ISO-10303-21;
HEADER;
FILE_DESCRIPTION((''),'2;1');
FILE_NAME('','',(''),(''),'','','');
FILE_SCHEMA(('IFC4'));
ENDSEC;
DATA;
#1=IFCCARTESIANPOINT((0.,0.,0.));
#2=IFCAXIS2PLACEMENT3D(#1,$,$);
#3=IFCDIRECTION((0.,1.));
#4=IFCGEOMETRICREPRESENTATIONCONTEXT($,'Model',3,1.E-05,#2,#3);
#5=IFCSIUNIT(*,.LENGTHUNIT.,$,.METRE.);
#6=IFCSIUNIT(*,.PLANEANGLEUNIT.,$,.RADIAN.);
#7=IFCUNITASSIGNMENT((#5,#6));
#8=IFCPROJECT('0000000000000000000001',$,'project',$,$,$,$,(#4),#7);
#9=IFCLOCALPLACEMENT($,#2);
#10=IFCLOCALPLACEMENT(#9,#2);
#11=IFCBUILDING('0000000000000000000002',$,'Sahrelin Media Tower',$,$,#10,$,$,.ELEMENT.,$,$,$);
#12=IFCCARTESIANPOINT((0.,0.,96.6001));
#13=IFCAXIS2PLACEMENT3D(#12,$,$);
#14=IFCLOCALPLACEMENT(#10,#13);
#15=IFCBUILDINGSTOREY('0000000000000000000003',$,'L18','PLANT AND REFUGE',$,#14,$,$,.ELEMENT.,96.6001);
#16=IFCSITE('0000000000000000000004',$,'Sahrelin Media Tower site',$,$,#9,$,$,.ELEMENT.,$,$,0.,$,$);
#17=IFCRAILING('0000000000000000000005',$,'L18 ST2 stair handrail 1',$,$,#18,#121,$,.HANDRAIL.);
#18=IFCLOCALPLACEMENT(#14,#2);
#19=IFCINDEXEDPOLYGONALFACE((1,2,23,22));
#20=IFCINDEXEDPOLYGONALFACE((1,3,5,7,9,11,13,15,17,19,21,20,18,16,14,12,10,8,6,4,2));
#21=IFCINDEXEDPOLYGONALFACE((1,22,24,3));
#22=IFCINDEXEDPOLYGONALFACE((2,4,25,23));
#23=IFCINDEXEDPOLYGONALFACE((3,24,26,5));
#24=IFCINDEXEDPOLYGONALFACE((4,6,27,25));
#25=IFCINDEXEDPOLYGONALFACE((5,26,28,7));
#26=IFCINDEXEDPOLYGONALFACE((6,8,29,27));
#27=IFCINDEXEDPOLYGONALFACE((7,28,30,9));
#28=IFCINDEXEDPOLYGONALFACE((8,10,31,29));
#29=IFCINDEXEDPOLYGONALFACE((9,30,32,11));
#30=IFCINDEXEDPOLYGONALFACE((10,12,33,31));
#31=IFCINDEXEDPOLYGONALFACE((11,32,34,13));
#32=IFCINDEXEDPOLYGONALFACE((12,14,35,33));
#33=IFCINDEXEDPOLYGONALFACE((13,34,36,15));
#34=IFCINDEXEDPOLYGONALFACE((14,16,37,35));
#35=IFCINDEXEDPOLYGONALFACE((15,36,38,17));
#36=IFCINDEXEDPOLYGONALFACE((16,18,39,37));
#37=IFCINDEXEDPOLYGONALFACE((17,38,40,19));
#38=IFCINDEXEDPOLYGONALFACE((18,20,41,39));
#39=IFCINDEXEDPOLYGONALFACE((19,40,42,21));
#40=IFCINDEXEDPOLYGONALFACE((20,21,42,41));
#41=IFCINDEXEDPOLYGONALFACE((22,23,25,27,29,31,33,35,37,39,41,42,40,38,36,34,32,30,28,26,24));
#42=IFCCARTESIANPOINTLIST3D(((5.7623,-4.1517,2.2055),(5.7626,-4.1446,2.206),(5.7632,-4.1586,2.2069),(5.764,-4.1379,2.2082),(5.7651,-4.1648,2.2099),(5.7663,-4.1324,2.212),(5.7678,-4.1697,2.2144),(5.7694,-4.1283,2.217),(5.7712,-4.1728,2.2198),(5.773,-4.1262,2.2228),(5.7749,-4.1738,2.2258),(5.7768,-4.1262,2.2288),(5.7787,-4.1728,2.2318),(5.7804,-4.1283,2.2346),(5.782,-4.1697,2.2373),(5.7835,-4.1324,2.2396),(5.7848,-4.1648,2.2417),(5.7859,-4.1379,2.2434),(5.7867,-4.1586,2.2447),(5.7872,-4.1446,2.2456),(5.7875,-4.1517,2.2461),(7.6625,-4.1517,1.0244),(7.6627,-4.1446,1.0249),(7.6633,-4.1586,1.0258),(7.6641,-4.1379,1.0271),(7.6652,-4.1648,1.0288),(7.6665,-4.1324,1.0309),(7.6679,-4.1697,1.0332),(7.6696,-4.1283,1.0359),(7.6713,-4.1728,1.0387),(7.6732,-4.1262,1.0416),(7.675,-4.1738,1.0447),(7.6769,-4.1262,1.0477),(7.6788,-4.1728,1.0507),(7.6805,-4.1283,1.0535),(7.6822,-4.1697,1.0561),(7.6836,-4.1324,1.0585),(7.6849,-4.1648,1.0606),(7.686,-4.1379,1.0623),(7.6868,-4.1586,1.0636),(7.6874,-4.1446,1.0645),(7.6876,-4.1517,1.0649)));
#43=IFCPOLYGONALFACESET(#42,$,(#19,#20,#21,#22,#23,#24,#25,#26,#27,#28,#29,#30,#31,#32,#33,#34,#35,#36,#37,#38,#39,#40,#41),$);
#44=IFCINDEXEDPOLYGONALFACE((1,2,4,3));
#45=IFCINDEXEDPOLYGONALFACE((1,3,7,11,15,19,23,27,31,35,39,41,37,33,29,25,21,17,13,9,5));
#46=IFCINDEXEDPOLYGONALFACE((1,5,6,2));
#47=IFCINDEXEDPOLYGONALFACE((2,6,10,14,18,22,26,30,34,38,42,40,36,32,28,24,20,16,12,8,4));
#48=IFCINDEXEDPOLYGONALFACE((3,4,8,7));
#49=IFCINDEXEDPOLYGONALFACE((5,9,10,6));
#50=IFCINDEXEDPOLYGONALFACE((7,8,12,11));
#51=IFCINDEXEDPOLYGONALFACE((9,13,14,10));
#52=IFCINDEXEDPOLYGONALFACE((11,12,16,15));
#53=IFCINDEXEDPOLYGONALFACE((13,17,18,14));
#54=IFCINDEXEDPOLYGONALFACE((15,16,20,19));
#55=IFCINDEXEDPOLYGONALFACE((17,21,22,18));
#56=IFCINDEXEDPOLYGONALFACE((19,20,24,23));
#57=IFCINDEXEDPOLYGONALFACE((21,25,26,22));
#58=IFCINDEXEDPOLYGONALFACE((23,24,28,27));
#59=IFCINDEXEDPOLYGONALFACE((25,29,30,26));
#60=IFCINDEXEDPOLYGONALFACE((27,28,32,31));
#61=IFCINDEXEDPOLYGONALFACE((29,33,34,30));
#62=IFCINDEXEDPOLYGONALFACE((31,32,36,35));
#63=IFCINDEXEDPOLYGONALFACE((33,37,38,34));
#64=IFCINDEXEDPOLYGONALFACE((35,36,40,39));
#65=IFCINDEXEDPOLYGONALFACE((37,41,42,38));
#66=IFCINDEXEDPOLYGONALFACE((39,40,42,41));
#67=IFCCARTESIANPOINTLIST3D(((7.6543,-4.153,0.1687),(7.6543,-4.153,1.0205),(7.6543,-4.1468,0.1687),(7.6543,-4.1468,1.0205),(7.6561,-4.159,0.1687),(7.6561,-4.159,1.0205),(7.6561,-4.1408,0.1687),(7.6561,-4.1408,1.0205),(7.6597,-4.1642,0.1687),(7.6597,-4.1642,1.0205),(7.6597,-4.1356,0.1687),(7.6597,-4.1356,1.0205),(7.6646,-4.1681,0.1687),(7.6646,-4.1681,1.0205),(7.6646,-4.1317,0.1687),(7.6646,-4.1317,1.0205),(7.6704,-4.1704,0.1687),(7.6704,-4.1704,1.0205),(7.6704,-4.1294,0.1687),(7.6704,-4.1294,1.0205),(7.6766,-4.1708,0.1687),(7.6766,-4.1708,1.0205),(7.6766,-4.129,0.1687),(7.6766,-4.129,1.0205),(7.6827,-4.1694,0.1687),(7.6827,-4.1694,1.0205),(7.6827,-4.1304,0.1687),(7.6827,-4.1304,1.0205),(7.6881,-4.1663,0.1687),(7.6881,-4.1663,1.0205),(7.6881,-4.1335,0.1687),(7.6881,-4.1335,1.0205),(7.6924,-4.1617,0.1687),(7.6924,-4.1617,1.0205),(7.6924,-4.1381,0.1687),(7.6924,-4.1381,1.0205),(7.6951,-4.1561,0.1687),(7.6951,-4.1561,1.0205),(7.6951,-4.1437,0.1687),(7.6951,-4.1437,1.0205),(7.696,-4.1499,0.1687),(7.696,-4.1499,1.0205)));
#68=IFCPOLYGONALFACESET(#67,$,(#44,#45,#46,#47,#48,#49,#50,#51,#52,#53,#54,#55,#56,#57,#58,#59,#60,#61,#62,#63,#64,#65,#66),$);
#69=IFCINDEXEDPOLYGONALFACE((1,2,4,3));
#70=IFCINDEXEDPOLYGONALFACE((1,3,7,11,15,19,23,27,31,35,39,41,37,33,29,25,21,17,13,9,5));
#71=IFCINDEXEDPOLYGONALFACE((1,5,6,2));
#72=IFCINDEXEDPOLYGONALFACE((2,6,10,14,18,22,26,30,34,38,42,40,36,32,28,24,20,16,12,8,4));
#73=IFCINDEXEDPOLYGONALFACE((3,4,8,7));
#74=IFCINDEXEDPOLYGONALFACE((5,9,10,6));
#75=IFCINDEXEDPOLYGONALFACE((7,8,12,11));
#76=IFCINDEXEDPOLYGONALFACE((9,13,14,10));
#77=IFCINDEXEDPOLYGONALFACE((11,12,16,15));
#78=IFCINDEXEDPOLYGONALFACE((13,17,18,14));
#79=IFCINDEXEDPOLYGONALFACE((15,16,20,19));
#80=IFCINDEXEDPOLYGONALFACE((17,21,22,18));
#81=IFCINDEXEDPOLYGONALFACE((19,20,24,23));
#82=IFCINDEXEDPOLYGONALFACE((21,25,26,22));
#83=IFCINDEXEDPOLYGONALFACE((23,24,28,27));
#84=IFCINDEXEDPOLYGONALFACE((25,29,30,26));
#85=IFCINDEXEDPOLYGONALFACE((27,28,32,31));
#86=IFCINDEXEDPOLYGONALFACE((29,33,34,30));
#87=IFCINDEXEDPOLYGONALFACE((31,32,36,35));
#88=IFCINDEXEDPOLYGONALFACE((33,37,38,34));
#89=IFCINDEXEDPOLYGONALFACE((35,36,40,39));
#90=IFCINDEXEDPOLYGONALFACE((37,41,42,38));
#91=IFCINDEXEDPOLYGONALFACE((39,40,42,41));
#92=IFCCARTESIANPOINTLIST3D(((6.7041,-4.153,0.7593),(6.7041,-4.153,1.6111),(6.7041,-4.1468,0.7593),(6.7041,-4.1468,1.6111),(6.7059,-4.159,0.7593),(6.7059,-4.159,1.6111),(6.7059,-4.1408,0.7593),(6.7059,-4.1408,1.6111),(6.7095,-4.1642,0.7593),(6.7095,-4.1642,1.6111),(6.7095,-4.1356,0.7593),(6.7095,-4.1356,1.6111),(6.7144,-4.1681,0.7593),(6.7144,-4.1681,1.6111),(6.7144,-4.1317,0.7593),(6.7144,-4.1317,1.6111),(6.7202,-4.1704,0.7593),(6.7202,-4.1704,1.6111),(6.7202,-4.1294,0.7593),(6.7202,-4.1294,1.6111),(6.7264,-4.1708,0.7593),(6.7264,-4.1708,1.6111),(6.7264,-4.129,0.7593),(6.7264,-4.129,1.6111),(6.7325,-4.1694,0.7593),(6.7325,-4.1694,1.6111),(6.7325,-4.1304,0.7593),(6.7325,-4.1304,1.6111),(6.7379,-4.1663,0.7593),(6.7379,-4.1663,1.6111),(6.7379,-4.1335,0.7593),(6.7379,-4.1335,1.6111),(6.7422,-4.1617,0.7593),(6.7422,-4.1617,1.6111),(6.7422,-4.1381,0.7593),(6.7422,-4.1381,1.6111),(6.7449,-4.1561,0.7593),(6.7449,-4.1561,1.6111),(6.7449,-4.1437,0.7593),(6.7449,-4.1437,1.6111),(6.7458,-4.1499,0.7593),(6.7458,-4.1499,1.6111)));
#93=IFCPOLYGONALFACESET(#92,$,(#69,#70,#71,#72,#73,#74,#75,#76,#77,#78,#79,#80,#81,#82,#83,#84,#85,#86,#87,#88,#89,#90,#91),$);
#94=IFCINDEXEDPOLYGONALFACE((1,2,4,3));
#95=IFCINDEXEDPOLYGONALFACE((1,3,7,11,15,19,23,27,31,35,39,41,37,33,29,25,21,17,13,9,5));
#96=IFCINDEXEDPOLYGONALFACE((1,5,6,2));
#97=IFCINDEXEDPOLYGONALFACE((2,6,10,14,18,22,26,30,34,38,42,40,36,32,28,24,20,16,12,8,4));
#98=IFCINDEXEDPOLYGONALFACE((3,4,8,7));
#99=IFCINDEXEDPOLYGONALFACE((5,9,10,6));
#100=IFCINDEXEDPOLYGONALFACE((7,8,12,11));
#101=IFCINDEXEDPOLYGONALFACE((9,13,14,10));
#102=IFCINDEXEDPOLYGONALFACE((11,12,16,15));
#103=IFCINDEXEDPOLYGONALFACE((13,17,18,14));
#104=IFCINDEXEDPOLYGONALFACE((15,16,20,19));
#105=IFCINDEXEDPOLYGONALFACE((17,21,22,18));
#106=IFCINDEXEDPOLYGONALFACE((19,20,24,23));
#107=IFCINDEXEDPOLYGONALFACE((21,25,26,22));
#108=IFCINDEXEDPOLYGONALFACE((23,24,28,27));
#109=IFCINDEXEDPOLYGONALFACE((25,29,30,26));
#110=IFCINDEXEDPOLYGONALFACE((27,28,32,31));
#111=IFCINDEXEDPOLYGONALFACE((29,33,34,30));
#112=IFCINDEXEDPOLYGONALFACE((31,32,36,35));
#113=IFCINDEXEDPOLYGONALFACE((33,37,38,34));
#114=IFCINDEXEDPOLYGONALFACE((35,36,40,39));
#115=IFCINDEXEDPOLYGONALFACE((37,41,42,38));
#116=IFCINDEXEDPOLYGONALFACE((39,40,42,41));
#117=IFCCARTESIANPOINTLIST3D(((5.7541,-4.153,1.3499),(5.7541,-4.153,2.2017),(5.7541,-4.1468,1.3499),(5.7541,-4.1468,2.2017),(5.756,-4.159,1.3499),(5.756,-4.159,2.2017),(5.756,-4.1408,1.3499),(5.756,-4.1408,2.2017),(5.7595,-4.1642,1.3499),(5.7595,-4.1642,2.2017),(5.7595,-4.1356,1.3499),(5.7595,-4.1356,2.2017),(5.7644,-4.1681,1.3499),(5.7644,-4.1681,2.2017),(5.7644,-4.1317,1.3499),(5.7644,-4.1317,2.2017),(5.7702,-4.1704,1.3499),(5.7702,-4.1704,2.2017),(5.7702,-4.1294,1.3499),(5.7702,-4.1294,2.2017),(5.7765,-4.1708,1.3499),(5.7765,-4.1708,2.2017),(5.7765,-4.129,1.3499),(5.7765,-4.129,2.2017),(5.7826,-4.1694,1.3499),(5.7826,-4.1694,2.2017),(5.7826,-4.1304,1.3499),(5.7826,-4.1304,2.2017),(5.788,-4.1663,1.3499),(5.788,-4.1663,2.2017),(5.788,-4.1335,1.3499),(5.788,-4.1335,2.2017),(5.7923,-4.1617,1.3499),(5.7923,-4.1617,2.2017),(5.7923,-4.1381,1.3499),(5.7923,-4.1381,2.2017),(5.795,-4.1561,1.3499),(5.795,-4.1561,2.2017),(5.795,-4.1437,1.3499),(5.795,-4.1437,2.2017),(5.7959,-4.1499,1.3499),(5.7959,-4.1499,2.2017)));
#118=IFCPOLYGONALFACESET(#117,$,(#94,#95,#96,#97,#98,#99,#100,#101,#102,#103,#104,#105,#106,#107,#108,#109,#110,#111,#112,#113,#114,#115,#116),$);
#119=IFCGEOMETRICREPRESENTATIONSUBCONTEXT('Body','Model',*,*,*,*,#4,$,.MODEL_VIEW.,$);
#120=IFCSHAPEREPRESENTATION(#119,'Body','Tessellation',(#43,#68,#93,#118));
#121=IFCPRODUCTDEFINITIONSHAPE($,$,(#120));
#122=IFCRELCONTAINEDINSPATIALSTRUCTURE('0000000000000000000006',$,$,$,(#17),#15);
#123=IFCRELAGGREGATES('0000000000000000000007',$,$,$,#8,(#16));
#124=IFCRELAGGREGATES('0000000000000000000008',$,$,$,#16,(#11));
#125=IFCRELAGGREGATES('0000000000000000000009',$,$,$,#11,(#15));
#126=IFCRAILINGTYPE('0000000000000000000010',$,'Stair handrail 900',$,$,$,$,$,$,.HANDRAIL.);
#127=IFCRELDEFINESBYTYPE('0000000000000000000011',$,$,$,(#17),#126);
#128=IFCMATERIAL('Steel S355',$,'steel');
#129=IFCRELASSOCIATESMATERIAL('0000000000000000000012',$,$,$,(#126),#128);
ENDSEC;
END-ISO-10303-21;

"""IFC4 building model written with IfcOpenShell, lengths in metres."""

from ifc_helpers import new_model, si_unit, direction, frame, origin, origin_2d, place, context, subcontext, project, spatial, circle, extrude, material, type_object, element, save


model = new_model("IFC4")

# Units and contexts
model_context = context("Model", 3, precision=1e-05, world=origin(), true_north=direction((0.0, 1.0)))
body_context = subcontext(model_context, "Body", "Model", "MODEL_VIEW")
ifc_project = project(units=[si_unit("LENGTHUNIT", "METRE"), si_unit("PLANEANGLEUNIT", "RADIAN")], contexts=[model_context])

# Site, building, storey
site_placement = place(None, origin())
site = spatial("IfcSite", under=ifc_project, at=site_placement, Name="Sahrelin Media Tower site", CompositionType="ELEMENT", RefElevation=0.0)
building_placement = place(site_placement, origin())
building = spatial("IfcBuilding", under=site, at=building_placement, Name="Sahrelin Media Tower", CompositionType="ELEMENT")
storey_placement = place(building_placement, frame((0.0, 0.0, 96.6001)))
storey = spatial("IfcBuildingStorey", under=building, at=storey_placement, Name="L18", Description="PLANT AND REFUGE", CompositionType="ELEMENT", Elevation=96.6001)

# Shared definitions
ifc_material_1 = material(Name="Steel S355", Category="steel")

# Railing
railing_type_1 = type_object("IfcRailingType", Name="Stair handrail 900", PredefinedType="HANDRAIL", material=ifc_material_1)
railing_1_placement = place(storey_placement, frame((7.675, -4.1499, 0.1687)))
element("IfcRailing", 1, at=railing_1_placement, inside=storey, type_object=railing_type_1, Name="L18 ST2 stair handrail 1", PredefinedType="HANDRAIL", context=body_context, shape_type="SweptSolid", body=[
    extrude(circle(Radius=0.0239, at=origin_2d()), frame((0.0, 0.0, 0.876), z_axis=(-0.849289, 0.0, 0.527928), x_axis=(0.0, -1.0, 0.0)), (0.0, 0.0, 1.0), 2.2373),
    extrude(circle(Radius=0.021, at=origin_2d()), origin(), (0.0, 0.0, 1.0), 0.8518),
    extrude(circle(Radius=0.021, at=origin_2d()), frame((-0.9502, 0.0, 0.5906)), (0.0, 0.0, 1.0), 0.8518),
    extrude(circle(Radius=0.021, at=origin_2d()), frame((-1.9001, 0.0, 1.1812)), (0.0, 0.0, 1.0), 0.8518),
])

save(model, "model.ifc")
